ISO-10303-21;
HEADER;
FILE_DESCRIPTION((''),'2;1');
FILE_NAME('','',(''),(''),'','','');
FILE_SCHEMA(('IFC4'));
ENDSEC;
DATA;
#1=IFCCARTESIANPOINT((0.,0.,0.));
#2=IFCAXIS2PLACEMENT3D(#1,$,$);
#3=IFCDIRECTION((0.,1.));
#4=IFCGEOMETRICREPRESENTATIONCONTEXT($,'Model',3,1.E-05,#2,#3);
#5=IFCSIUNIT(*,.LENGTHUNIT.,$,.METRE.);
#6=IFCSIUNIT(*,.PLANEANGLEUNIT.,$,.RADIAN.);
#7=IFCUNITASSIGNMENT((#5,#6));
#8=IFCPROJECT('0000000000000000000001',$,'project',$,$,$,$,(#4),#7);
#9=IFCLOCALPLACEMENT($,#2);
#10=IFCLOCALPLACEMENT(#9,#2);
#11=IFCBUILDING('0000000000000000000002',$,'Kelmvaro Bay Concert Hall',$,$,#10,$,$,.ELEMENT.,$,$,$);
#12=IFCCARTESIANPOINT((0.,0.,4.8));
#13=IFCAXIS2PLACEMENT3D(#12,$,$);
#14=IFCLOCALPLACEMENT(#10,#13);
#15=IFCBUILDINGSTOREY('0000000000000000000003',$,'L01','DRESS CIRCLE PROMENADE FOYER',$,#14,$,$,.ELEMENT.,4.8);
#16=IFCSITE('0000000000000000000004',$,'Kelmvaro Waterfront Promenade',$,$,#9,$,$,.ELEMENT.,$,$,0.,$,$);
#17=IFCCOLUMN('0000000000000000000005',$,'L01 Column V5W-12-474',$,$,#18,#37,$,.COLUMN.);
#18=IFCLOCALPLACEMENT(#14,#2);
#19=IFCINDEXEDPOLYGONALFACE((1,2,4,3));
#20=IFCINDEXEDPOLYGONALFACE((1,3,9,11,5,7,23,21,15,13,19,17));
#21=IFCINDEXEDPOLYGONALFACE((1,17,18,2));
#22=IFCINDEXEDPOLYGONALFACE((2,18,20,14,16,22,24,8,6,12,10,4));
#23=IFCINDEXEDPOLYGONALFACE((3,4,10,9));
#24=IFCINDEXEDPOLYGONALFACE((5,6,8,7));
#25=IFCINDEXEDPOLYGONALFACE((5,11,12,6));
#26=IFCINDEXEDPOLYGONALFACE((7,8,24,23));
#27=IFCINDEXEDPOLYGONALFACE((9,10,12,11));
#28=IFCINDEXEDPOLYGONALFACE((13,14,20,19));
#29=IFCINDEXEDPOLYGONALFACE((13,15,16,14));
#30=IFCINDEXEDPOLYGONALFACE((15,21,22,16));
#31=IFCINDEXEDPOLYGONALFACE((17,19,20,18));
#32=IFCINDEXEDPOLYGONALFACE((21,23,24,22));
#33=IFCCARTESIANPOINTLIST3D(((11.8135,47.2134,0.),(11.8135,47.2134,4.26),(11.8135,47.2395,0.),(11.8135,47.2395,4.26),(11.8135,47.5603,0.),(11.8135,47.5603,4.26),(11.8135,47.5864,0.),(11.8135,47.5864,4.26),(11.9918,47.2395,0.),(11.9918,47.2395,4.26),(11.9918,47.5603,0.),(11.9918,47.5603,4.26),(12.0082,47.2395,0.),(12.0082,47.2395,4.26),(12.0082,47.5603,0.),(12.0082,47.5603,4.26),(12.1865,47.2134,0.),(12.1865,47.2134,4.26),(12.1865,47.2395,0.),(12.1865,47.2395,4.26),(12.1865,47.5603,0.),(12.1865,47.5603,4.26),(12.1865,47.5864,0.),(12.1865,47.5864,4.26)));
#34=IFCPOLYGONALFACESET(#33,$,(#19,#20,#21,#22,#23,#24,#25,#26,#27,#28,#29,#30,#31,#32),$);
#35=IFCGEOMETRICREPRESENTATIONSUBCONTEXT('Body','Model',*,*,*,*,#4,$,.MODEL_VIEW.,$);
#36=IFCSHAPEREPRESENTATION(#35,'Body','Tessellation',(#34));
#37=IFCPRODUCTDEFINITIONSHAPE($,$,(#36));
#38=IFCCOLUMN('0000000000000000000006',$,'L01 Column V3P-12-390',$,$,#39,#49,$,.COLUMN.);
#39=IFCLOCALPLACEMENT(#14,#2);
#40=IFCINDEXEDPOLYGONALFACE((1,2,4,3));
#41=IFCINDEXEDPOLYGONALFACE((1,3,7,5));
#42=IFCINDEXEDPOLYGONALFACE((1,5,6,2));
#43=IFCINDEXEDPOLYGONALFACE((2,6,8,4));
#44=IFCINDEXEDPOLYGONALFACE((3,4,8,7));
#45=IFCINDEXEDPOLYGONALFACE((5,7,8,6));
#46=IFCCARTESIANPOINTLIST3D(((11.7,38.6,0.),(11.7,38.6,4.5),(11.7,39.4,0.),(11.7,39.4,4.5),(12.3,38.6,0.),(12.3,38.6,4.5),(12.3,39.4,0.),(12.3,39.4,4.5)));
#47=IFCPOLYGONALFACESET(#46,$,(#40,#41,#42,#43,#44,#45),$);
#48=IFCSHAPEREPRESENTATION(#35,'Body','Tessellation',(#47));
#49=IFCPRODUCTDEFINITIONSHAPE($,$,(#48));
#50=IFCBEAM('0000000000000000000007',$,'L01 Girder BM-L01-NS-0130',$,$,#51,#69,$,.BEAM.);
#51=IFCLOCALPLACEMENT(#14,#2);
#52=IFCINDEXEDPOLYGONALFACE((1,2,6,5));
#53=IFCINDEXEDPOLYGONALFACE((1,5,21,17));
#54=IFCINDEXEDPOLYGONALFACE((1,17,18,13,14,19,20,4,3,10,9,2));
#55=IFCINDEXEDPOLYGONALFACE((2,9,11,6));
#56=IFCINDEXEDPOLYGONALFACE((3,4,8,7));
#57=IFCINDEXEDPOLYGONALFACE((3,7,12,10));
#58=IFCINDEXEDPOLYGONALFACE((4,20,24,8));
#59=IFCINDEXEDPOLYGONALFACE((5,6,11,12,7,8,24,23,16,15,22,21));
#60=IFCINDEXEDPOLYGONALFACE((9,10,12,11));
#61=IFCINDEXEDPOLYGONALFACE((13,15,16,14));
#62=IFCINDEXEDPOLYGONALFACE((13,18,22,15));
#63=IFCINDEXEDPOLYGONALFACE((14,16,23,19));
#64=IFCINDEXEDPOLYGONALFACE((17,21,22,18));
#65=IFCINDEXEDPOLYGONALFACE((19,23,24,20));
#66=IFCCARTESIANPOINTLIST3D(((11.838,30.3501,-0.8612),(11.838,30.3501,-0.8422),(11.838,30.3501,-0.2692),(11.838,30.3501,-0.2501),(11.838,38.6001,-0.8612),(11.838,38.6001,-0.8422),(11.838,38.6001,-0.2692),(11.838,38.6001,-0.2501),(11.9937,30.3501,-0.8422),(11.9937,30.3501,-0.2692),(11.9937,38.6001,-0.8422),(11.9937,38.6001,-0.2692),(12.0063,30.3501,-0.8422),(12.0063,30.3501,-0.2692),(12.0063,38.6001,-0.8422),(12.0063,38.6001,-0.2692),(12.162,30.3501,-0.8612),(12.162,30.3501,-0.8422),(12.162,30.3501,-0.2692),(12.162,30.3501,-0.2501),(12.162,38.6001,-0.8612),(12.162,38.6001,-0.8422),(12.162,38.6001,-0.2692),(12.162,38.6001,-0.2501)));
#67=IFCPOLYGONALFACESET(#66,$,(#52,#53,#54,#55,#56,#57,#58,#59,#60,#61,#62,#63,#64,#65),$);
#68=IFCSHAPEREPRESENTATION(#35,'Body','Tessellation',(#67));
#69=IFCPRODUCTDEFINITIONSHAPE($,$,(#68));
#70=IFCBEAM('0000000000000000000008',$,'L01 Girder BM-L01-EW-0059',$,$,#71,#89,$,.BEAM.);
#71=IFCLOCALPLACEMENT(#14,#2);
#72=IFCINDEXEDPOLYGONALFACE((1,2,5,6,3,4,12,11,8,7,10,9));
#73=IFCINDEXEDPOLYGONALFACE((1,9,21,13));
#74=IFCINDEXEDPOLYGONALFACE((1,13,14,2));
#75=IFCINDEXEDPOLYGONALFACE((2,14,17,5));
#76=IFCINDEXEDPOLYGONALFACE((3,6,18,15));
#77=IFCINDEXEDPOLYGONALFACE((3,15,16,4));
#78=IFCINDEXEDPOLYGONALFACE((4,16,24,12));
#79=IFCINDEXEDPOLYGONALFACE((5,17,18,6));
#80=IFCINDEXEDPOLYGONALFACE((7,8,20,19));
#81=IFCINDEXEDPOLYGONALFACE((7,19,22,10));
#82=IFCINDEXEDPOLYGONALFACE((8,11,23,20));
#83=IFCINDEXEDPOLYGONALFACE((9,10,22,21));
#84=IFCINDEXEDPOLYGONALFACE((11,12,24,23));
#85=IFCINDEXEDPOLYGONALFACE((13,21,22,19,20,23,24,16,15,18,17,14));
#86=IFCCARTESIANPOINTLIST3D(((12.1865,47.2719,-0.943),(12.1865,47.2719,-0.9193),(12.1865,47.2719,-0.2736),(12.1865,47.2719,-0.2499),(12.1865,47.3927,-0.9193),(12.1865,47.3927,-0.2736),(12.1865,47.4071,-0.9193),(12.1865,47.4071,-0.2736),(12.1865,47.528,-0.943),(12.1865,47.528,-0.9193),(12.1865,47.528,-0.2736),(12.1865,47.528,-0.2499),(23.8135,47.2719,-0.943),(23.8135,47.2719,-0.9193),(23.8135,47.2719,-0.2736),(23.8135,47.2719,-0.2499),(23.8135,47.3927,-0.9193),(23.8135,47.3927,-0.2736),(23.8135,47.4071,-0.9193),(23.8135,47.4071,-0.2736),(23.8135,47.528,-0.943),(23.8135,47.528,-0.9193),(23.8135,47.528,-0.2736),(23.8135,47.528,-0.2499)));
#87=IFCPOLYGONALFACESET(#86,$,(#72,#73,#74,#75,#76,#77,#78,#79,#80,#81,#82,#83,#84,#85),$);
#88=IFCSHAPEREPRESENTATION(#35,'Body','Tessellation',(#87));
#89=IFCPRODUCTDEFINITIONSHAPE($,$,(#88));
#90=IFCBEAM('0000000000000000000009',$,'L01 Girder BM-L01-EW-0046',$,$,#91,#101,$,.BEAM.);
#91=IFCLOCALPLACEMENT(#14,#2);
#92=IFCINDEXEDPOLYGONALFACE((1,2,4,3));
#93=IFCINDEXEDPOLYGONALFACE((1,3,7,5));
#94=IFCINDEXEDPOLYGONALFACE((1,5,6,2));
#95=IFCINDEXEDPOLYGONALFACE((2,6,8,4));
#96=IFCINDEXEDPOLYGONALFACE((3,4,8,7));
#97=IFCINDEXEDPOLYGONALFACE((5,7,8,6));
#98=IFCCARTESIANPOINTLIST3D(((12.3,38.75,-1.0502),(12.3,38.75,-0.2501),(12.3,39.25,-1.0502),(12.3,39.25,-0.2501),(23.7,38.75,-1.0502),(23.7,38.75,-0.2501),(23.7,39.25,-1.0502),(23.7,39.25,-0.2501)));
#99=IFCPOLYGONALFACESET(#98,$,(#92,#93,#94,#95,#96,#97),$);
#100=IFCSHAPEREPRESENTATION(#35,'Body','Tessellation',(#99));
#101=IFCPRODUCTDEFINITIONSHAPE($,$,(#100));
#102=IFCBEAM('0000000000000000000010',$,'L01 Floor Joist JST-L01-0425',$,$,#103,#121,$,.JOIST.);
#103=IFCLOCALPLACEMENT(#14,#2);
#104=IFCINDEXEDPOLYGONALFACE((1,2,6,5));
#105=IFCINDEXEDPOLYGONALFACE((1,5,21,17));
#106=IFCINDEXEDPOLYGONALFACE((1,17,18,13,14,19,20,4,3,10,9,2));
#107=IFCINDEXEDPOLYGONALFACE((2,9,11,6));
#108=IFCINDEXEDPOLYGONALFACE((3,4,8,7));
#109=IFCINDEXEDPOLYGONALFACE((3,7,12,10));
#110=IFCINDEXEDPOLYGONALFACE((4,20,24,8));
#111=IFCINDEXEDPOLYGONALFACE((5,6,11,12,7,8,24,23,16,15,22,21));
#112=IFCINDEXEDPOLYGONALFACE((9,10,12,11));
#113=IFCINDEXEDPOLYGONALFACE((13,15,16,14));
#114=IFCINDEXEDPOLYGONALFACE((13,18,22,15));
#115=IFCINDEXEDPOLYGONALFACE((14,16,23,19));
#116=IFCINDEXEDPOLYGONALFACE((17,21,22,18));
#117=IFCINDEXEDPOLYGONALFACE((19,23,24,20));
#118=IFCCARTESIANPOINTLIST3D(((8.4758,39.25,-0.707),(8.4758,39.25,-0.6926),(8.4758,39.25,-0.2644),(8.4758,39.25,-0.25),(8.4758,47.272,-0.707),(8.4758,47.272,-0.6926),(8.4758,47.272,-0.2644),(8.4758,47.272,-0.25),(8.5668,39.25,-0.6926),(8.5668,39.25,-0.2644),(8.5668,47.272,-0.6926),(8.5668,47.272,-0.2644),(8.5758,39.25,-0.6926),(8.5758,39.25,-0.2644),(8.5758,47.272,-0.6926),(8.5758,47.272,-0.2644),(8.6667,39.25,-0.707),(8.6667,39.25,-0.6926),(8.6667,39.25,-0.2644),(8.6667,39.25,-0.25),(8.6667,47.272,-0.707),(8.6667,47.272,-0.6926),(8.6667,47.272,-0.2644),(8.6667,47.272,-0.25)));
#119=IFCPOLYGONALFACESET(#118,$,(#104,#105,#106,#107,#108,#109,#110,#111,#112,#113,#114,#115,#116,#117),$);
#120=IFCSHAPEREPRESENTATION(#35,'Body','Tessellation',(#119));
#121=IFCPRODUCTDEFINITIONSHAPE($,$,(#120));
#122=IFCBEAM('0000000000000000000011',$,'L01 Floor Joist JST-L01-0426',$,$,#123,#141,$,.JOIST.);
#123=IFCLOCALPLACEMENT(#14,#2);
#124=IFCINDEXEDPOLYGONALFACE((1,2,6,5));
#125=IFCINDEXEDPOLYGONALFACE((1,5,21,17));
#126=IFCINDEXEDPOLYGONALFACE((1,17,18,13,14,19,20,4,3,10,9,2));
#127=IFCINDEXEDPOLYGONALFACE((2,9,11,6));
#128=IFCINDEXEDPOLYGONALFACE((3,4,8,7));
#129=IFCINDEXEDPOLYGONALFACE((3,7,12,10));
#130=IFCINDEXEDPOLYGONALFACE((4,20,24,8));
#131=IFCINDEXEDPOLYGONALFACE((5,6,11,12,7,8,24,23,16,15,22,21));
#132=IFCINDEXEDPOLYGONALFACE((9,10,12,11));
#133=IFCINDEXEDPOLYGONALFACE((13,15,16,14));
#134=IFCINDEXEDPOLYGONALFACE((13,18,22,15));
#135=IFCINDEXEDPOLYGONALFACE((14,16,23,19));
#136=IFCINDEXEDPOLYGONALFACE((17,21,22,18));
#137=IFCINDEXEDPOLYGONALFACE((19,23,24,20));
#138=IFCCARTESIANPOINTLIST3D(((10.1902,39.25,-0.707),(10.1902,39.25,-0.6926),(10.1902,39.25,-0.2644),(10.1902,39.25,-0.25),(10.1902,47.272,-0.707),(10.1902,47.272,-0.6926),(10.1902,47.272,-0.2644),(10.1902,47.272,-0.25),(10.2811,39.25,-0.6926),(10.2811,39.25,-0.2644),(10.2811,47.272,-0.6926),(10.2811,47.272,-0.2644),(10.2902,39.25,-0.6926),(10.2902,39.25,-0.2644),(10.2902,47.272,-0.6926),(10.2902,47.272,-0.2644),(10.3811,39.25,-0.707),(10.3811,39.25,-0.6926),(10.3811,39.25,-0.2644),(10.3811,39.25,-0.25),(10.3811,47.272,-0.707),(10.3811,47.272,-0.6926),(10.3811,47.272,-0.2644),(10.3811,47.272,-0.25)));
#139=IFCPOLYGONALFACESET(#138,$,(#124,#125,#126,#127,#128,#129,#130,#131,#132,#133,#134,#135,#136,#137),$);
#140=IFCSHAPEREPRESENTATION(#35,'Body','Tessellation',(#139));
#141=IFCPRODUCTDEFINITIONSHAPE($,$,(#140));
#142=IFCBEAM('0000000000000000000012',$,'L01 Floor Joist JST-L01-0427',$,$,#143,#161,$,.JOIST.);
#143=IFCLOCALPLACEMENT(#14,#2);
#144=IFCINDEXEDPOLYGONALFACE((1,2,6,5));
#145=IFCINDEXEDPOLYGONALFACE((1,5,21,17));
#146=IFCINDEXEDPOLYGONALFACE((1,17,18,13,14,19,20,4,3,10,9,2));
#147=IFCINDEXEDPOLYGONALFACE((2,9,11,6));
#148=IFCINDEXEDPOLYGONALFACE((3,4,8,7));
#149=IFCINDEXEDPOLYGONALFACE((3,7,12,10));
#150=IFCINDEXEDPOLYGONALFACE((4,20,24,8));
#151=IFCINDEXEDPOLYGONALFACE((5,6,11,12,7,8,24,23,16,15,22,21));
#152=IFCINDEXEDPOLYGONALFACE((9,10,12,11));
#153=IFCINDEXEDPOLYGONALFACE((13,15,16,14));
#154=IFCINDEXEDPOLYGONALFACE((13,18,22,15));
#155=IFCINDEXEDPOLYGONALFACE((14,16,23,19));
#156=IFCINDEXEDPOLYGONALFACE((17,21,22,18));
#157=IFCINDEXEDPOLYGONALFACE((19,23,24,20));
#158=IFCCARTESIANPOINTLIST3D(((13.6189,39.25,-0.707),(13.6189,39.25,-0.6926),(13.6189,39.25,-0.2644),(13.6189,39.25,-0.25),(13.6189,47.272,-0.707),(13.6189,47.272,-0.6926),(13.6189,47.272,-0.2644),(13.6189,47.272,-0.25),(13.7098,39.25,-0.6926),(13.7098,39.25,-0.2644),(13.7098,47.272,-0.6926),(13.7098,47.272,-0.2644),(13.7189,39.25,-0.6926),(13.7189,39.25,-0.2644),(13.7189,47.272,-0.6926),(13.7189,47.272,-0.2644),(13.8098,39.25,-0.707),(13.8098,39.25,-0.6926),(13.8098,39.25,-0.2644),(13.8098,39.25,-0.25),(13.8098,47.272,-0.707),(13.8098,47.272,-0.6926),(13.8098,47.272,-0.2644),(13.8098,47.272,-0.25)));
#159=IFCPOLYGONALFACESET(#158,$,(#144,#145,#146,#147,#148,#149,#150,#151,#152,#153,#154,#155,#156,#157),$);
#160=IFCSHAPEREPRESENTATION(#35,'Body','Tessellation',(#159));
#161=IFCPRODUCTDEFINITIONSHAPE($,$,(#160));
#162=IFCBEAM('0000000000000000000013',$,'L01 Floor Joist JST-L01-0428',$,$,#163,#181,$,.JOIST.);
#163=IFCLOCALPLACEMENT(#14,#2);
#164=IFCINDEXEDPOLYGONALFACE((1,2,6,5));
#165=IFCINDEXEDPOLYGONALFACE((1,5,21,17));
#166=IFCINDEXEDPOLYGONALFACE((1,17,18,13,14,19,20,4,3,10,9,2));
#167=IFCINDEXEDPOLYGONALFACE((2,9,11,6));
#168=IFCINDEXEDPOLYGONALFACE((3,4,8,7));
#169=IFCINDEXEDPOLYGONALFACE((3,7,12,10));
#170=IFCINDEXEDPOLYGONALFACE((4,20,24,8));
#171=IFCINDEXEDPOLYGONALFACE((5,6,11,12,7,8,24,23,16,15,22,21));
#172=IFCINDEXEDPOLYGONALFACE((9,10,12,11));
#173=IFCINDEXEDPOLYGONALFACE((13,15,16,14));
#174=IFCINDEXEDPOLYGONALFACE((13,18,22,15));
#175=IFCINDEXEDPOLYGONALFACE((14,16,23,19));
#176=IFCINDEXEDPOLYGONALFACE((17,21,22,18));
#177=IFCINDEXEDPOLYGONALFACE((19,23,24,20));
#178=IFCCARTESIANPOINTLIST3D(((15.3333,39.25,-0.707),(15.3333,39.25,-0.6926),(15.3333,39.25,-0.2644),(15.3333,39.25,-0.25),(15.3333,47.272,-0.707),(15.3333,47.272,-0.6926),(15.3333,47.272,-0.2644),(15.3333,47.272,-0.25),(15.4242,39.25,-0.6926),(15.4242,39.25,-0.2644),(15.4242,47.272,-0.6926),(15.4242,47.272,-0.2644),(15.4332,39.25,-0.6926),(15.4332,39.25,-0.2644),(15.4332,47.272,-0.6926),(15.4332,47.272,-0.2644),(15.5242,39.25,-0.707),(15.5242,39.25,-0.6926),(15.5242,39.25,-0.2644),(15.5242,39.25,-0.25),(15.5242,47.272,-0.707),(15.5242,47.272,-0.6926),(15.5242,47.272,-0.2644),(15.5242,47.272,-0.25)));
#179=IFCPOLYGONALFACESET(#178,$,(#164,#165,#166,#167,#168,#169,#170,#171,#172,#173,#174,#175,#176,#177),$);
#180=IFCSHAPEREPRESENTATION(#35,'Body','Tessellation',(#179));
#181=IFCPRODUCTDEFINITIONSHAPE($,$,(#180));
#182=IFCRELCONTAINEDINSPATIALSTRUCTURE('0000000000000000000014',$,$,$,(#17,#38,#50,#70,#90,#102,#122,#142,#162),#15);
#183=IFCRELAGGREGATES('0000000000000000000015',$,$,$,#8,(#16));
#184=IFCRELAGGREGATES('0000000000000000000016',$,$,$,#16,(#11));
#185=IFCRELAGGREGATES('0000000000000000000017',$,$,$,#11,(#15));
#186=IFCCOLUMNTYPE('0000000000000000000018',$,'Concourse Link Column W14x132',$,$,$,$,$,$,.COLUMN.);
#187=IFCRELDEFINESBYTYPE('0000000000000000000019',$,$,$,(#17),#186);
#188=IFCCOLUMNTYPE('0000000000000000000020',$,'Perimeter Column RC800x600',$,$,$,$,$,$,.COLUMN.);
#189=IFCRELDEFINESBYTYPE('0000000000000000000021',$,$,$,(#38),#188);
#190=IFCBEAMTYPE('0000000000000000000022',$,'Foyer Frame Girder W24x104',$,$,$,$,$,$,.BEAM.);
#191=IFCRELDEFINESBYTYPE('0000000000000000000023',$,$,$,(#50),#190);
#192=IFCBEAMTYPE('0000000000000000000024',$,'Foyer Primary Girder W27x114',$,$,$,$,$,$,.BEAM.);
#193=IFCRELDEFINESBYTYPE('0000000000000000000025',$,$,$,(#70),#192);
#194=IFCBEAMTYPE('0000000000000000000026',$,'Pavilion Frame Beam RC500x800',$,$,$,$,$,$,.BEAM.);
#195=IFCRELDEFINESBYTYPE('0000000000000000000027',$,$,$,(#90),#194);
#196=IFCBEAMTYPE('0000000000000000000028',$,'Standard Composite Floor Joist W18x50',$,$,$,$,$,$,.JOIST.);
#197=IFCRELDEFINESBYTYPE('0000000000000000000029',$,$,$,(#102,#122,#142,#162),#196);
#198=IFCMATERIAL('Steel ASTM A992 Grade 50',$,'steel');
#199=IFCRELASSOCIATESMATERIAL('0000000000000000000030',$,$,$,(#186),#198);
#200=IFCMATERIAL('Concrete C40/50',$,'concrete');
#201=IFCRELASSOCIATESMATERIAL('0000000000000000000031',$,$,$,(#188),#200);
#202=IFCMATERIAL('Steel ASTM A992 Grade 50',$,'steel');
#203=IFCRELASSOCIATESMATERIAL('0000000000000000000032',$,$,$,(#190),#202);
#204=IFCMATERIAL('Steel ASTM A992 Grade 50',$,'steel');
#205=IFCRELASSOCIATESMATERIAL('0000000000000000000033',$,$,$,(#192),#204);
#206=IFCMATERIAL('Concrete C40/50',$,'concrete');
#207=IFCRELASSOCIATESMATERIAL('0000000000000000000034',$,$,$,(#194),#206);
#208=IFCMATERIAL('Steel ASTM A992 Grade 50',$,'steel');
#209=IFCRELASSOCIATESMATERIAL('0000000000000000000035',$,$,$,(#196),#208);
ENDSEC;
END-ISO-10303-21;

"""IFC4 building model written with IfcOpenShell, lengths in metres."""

from ifc_helpers import new_model, si_unit, direction, frame, origin, origin_2d, place, context, subcontext, project, spatial, rectangle, i_section, extrude, material, material_profile, profile_set, type_object, element, save


model = new_model("IFC4")

# Units and contexts
model_context = context("Model", 3, precision=1e-05, world=origin(), true_north=direction((0.0, 1.0)))
body_context = subcontext(model_context, "Body", "Model", "MODEL_VIEW")
ifc_project = project(units=[si_unit("LENGTHUNIT", "METRE"), si_unit("PLANEANGLEUNIT", "RADIAN")], contexts=[model_context])

# Site, building, storey
site_placement = place(None, origin())
site = spatial("IfcSite", under=ifc_project, at=site_placement, Name="Kelmvaro Waterfront Promenade", CompositionType="ELEMENT", RefElevation=0.0)
building_placement = place(site_placement, origin())
building = spatial("IfcBuilding", under=site, at=building_placement, Name="Kelmvaro Bay Concert Hall", CompositionType="ELEMENT")
storey_placement = place(building_placement, frame((0.0, 0.0, 4.8)))
storey = spatial("IfcBuildingStorey", under=building, at=storey_placement, Name="L01", Description="DRESS CIRCLE PROMENADE FOYER", CompositionType="ELEMENT", Elevation=4.8)

# Columns
ifc_material_1 = material(Name="Steel ASTM A992 Grade 50", Category="steel")
ifc_material_profile_1 = material_profile(ifc_material_1, i_section(OverallWidth=0.373, OverallDepth=0.373, WebThickness=0.0164, FlangeThickness=0.0261, at=origin_2d()), Name="W14X132")
ifc_profile_set_1 = profile_set([ifc_material_profile_1], Name="Steel ASTM A992 Grade 50")
column_type_1 = type_object("IfcColumnType", Name="Concourse Link Column W14x132", PredefinedType="COLUMN", material=ifc_profile_set_1)
column_1_placement = place(storey_placement, frame((12.0, 47.3999, 0.0), z_axis=(0.0, 0.0, 1.0), x_axis=(1.0, 0.0, 0.0)))
element("IfcColumn", 1, at=column_1_placement, inside=storey, type_object=column_type_1, Name="L01 Column V5W-12-474", PredefinedType="COLUMN", context=body_context, shape_type="SweptSolid", body=[
    extrude(i_section(OverallWidth=0.373, OverallDepth=0.373, WebThickness=0.0164, FlangeThickness=0.0261, at=origin_2d()), origin(), (0.0, 0.0, 1.0), 4.26),
])
ifc_material_2 = material(Name="Concrete C40/50", Category="concrete")
ifc_material_profile_2 = material_profile(ifc_material_2, rectangle(XDim=0.6001, YDim=0.8, at=origin_2d()), Name="RC-COL-800X600")
ifc_profile_set_2 = profile_set([ifc_material_profile_2], Name="Concrete C40/50")
column_type_2 = type_object("IfcColumnType", Name="Perimeter Column RC800x600", PredefinedType="COLUMN", material=ifc_profile_set_2)
column_2_placement = place(storey_placement, frame((12.0, 39.0, 0.0), z_axis=(0.0, 0.0, 1.0), x_axis=(1.0, 0.0, 0.0)))
element("IfcColumn", 2, at=column_2_placement, inside=storey, type_object=column_type_2, Name="L01 Column V3P-12-390", PredefinedType="COLUMN", context=body_context, shape_type="SweptSolid", body=[
    extrude(rectangle(XDim=0.6001, YDim=0.8, at=origin_2d()), origin(), (0.0, 0.0, 1.0), 4.5),
])

# Beams
ifc_material_3 = material(Name="Steel ASTM A992 Grade 50", Category="steel")
ifc_material_profile_3 = material_profile(ifc_material_3, i_section(OverallWidth=0.324, OverallDepth=0.6111, WebThickness=0.0127, FlangeThickness=0.019, at=origin_2d()), Name="W24X104")
ifc_profile_set_3 = profile_set([ifc_material_profile_3], Name="Steel ASTM A992 Grade 50")
beam_type_1 = type_object("IfcBeamType", Name="Foyer Frame Girder W24x104", PredefinedType="BEAM", material=ifc_profile_set_3)
beam_1_placement = place(storey_placement, frame((12.0, 30.3501, -0.5557), z_axis=(0.0, 1.0, 0.0), x_axis=(-1.0, 0.0, 0.0)))
element("IfcBeam", 3, at=beam_1_placement, inside=storey, type_object=beam_type_1, Name="L01 Girder BM-L01-NS-0130", PredefinedType="BEAM", context=body_context, shape_type="SweptSolid", body=[
    extrude(i_section(OverallWidth=0.324, OverallDepth=0.6111, WebThickness=0.0127, FlangeThickness=0.019, at=origin_2d()), origin(), (0.0, 0.0, 1.0), 8.25),
])
ifc_material_4 = material(Name="Steel ASTM A992 Grade 50", Category="steel")
ifc_material_profile_4 = material_profile(ifc_material_4, i_section(OverallWidth=0.2561, OverallDepth=0.6931, WebThickness=0.0144, FlangeThickness=0.0237, at=origin_2d()), Name="W27X114")
ifc_profile_set_4 = profile_set([ifc_material_profile_4], Name="Steel ASTM A992 Grade 50")
beam_type_2 = type_object("IfcBeamType", Name="Foyer Primary Girder W27x114", PredefinedType="BEAM", material=ifc_profile_set_4)
beam_2_placement = place(storey_placement, frame((12.1865, 47.3999, -0.5964), z_axis=(1.0, 0.0, 0.0), x_axis=(0.0, 1.0, 0.0)))
element("IfcBeam", 4, at=beam_2_placement, inside=storey, type_object=beam_type_2, Name="L01 Girder BM-L01-EW-0059", PredefinedType="BEAM", context=body_context, shape_type="SweptSolid", body=[
    extrude(i_section(OverallWidth=0.2561, OverallDepth=0.6931, WebThickness=0.0144, FlangeThickness=0.0237, at=origin_2d()), origin(), (0.0, 0.0, 1.0), 11.627),
])
ifc_material_5 = material(Name="Concrete C40/50", Category="concrete")
ifc_material_profile_5 = material_profile(ifc_material_5, rectangle(XDim=0.5, YDim=0.8, at=origin_2d()), Name="RC-BM-500X800")
ifc_profile_set_5 = profile_set([ifc_material_profile_5], Name="Concrete C40/50")
beam_type_3 = type_object("IfcBeamType", Name="Pavilion Frame Beam RC500x800", PredefinedType="BEAM", material=ifc_profile_set_5)
beam_3_placement = place(storey_placement, frame((12.3, 39.0, -0.6501), z_axis=(1.0, 0.0, 0.0), x_axis=(0.0, 1.0, 0.0)))
element("IfcBeam", 5, at=beam_3_placement, inside=storey, type_object=beam_type_3, Name="L01 Girder BM-L01-EW-0046", PredefinedType="BEAM", context=body_context, shape_type="SweptSolid", body=[
    extrude(rectangle(XDim=0.5, YDim=0.8, at=origin_2d()), origin(), (0.0, 0.0, 1.0), 11.3999),
])
ifc_material_6 = material(Name="Steel ASTM A992 Grade 50", Category="steel")
ifc_material_profile_6 = material_profile(ifc_material_6, i_section(OverallWidth=0.1909, OverallDepth=0.457, WebThickness=0.009, FlangeThickness=0.0144, at=origin_2d()), Name="W18X50")
ifc_profile_set_6 = profile_set([ifc_material_profile_6], Name="Steel ASTM A992 Grade 50")
beam_type_4 = type_object("IfcBeamType", Name="Standard Composite Floor Joist W18x50", PredefinedType="JOIST", material=ifc_profile_set_6)
for number, where, z_axis, x_axis, name in (
    (6, (8.5713, 39.25, -0.4785), (0.0, 1.0, 0.0), (-1.0, 0.0, 0.0), "L01 Floor Joist JST-L01-0425"),
    (7, (10.2856, 39.25, -0.4785), (0.0, 1.0, 0.0), (-1.0, 0.0, 0.0), "L01 Floor Joist JST-L01-0426"),
    (8, (13.7144, 39.25, -0.4785), (0.0, 1.0, 0.0), (-1.0, 0.0, 0.0), "L01 Floor Joist JST-L01-0427"),
    (9, (15.4287, 39.25, -0.4785), (0.0, 1.0, 0.0), (-1.0, 0.0, 0.0), "L01 Floor Joist JST-L01-0428"),
):
    element("IfcBeam", number, at=place(storey_placement, frame(where, z_axis=z_axis, x_axis=x_axis)), inside=storey, type_object=beam_type_4, Name=name, PredefinedType="JOIST", context=body_context, shape_type="SweptSolid", body=[
        extrude(i_section(OverallWidth=0.1909, OverallDepth=0.457, WebThickness=0.009, FlangeThickness=0.0144, at=origin_2d()), origin(), (0.0, 0.0, 1.0), 8.022),
    ])

save(model, "model.ifc")
